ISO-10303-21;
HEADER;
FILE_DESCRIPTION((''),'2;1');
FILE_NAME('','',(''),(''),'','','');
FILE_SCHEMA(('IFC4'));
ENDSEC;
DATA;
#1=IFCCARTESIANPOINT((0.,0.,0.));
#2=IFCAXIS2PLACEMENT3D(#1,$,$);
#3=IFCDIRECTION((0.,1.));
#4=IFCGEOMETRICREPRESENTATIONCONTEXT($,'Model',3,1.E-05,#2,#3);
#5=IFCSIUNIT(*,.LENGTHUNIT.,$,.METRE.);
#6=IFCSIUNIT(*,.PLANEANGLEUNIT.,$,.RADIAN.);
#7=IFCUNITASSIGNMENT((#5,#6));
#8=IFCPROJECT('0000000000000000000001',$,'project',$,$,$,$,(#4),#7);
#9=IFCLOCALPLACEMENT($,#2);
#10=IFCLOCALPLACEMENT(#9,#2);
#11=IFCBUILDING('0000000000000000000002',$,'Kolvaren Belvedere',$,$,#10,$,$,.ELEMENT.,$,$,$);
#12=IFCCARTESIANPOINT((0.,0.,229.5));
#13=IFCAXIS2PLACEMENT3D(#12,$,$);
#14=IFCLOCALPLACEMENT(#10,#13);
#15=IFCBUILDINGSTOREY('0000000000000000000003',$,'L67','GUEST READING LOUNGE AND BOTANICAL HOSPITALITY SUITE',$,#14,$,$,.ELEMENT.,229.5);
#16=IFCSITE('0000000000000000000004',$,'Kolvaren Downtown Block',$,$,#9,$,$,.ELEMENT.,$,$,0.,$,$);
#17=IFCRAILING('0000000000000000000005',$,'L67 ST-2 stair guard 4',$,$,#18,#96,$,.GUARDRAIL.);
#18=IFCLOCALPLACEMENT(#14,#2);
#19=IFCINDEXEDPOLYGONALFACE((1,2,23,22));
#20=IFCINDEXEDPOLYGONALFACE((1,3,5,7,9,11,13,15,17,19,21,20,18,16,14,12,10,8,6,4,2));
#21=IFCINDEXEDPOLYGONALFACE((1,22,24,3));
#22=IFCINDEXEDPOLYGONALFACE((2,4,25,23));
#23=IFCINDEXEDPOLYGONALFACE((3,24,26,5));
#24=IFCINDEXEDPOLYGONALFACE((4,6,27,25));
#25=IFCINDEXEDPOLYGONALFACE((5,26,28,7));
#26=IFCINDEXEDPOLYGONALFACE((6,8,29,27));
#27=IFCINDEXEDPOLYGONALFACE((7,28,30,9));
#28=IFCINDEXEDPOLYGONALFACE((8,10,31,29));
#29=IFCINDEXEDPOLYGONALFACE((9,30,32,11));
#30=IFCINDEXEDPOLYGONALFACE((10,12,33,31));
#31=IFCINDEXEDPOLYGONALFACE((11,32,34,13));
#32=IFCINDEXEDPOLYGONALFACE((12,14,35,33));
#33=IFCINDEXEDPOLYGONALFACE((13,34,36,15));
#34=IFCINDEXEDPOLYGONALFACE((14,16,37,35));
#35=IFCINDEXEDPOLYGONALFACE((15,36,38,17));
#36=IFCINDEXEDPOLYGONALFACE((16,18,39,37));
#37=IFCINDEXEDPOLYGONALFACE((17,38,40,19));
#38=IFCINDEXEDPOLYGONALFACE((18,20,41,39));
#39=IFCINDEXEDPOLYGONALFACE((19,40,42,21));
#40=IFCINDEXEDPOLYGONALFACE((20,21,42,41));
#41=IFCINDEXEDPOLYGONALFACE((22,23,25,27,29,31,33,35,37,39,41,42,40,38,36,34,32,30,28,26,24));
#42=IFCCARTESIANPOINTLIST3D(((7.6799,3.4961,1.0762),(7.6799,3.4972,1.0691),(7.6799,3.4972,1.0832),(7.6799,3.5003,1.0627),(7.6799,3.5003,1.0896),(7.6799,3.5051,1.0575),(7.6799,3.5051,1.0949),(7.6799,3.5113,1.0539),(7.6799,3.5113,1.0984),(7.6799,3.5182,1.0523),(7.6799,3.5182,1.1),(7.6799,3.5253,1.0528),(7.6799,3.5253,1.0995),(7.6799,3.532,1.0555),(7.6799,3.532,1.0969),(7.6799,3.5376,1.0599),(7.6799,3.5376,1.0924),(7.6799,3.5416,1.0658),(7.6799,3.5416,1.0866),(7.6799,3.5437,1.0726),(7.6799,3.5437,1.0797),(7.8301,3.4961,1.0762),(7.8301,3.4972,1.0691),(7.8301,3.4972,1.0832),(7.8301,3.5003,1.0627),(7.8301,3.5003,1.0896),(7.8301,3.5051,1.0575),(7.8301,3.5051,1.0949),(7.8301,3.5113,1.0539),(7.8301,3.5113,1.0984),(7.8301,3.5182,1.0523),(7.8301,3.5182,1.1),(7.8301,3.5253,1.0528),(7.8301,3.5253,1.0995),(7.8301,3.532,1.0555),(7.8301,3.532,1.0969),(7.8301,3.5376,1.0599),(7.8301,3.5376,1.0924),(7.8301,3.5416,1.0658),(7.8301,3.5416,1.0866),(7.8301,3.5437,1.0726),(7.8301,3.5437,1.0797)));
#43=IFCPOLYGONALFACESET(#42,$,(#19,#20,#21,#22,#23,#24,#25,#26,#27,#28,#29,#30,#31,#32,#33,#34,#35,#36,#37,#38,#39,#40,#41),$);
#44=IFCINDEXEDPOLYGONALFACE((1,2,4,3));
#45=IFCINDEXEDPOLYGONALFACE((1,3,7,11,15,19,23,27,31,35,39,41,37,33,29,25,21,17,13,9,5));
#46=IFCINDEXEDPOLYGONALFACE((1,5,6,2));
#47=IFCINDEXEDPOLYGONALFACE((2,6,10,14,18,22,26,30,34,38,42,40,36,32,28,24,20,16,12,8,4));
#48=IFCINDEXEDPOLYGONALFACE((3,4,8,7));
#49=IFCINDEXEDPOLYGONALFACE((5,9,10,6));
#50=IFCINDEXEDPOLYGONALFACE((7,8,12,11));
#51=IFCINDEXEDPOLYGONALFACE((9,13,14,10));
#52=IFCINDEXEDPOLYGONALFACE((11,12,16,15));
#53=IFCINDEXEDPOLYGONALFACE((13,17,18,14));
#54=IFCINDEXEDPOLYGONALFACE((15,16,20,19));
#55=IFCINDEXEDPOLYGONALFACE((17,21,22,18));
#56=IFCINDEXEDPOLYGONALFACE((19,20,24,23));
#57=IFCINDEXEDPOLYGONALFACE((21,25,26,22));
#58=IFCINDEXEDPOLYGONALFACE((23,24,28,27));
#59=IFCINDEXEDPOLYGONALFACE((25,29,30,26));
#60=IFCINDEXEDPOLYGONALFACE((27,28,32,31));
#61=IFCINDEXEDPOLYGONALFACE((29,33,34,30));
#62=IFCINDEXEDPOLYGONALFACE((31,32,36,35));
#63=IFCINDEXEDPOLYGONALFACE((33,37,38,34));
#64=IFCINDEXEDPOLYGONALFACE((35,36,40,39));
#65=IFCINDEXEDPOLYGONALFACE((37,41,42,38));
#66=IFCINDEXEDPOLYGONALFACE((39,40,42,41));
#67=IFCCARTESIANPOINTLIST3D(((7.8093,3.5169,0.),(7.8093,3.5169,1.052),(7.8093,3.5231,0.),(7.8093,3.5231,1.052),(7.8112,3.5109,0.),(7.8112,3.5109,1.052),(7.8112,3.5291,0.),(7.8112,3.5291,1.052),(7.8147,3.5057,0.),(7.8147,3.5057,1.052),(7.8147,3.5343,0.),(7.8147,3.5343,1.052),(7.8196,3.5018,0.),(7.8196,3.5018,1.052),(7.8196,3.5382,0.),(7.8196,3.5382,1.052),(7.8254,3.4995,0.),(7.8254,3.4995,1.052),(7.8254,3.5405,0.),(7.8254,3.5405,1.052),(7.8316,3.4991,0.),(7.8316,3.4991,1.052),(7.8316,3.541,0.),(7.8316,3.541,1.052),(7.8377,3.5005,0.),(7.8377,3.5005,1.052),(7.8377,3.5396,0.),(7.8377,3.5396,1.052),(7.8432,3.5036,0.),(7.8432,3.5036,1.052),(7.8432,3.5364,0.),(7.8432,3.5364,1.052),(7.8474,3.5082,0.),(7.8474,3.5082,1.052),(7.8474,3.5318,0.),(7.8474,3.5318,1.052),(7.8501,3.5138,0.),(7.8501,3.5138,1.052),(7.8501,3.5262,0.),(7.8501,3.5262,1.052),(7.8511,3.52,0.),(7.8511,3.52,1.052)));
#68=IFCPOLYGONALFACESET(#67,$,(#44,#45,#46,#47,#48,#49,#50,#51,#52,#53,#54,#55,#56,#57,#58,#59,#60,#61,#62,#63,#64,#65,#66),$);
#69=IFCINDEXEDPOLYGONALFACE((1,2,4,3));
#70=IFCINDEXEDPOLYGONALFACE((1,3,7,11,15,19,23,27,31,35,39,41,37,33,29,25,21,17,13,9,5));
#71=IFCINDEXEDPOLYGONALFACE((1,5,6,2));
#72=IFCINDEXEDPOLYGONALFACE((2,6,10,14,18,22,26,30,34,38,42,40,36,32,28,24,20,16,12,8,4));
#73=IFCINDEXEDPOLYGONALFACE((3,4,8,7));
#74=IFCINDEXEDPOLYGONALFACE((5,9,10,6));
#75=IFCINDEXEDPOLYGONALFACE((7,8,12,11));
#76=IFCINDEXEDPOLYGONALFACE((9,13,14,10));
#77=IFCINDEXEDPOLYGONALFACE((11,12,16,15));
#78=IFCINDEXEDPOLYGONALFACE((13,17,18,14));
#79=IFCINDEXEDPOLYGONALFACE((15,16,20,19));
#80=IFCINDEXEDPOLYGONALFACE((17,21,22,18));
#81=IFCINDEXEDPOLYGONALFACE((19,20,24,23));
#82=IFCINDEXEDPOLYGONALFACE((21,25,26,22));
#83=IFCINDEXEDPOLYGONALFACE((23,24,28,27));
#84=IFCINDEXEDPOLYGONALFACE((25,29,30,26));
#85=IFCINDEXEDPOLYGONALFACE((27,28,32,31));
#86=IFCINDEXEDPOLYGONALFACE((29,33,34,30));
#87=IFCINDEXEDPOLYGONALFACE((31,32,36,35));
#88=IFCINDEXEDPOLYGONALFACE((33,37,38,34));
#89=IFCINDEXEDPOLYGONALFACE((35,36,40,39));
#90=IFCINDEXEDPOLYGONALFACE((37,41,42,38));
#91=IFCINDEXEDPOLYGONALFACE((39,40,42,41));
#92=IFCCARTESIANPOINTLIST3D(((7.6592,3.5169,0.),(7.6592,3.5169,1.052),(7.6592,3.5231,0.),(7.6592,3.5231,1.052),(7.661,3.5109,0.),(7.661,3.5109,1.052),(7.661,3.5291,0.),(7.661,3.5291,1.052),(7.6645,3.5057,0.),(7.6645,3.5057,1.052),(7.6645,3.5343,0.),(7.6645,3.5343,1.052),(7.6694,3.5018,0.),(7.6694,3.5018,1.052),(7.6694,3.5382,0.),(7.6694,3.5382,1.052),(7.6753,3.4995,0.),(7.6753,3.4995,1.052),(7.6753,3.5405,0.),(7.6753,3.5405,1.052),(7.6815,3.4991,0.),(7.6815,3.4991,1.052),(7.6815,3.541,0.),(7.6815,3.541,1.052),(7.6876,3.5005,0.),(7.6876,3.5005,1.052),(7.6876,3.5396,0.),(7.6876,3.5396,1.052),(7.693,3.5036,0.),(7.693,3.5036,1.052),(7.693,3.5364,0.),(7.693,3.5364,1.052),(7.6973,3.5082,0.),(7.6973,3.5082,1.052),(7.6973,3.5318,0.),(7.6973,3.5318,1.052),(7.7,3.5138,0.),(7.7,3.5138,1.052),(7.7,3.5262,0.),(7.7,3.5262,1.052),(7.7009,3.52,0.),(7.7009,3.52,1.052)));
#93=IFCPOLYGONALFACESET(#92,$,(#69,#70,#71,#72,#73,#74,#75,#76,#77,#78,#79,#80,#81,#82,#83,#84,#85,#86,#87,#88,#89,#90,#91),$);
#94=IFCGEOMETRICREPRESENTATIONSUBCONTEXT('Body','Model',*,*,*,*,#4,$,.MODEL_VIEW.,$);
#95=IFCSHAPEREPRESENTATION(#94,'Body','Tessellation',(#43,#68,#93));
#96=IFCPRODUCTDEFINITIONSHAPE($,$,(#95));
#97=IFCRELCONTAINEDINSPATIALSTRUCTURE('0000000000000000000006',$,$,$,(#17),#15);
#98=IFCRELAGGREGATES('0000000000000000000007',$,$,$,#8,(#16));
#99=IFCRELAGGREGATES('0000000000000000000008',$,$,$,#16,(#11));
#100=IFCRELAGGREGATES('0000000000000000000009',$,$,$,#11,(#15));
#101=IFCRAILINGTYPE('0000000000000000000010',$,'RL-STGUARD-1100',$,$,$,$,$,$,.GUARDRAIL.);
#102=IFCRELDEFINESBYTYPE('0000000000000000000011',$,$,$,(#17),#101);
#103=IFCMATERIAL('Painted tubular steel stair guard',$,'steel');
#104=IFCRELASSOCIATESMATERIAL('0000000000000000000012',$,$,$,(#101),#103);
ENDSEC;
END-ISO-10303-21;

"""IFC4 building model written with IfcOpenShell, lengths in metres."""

from ifc_helpers import new_model, si_unit, direction, frame, origin, origin_2d, place, context, subcontext, project, spatial, circle, extrude, material, type_object, element, save


model = new_model("IFC4")

# Units and contexts
model_context = context("Model", 3, precision=1e-05, world=origin(), true_north=direction((0.0, 1.0)))
body_context = subcontext(model_context, "Body", "Model", "MODEL_VIEW")
ifc_project = project(units=[si_unit("LENGTHUNIT", "METRE"), si_unit("PLANEANGLEUNIT", "RADIAN")], contexts=[model_context])

# Site, building, storey
site_placement = place(None, origin())
site = spatial("IfcSite", under=ifc_project, at=site_placement, Name="Kolvaren Downtown Block", CompositionType="ELEMENT", RefElevation=0.0)
building_placement = place(site_placement, origin())
building = spatial("IfcBuilding", under=site, at=building_placement, Name="Kolvaren Belvedere", CompositionType="ELEMENT")
storey_placement = place(building_placement, frame((0.0, 0.0, 229.5)))
storey = spatial("IfcBuildingStorey", under=building, at=storey_placement, Name="L67", Description="GUEST READING LOUNGE AND BOTANICAL HOSPITALITY SUITE", CompositionType="ELEMENT", Elevation=229.5)

# Railing
ifc_material_1 = material(Name="Painted tubular steel stair guard", Category="steel")
railing_type_1 = type_object("IfcRailingType", Name="RL-STGUARD-1100", PredefinedType="GUARDRAIL", material=ifc_material_1)
railing_1_placement = place(storey_placement, frame((7.8301, 3.52, 0.0)))
element("IfcRailing", 1, at=railing_1_placement, inside=storey, type_object=railing_type_1, Name="L67 ST-2 stair guard 4", PredefinedType="GUARDRAIL", context=body_context, shape_type="SweptSolid", body=[
    extrude(circle(Radius=0.0239, at=origin_2d()), frame((0.0, 0.0, 1.0762), z_axis=(-1.0, 0.0, 0.0), x_axis=(0.0, -1.0, 0.0)), (0.0, 0.0, 1.0), 0.1501),
    extrude(circle(Radius=0.021, at=origin_2d()), origin(), (0.0, 0.0, 1.0), 1.052),
    extrude(circle(Radius=0.021, at=origin_2d()), frame((-0.1501, 0.0, 0.0)), (0.0, 0.0, 1.0), 1.052),
])

save(model, "model.ifc")
